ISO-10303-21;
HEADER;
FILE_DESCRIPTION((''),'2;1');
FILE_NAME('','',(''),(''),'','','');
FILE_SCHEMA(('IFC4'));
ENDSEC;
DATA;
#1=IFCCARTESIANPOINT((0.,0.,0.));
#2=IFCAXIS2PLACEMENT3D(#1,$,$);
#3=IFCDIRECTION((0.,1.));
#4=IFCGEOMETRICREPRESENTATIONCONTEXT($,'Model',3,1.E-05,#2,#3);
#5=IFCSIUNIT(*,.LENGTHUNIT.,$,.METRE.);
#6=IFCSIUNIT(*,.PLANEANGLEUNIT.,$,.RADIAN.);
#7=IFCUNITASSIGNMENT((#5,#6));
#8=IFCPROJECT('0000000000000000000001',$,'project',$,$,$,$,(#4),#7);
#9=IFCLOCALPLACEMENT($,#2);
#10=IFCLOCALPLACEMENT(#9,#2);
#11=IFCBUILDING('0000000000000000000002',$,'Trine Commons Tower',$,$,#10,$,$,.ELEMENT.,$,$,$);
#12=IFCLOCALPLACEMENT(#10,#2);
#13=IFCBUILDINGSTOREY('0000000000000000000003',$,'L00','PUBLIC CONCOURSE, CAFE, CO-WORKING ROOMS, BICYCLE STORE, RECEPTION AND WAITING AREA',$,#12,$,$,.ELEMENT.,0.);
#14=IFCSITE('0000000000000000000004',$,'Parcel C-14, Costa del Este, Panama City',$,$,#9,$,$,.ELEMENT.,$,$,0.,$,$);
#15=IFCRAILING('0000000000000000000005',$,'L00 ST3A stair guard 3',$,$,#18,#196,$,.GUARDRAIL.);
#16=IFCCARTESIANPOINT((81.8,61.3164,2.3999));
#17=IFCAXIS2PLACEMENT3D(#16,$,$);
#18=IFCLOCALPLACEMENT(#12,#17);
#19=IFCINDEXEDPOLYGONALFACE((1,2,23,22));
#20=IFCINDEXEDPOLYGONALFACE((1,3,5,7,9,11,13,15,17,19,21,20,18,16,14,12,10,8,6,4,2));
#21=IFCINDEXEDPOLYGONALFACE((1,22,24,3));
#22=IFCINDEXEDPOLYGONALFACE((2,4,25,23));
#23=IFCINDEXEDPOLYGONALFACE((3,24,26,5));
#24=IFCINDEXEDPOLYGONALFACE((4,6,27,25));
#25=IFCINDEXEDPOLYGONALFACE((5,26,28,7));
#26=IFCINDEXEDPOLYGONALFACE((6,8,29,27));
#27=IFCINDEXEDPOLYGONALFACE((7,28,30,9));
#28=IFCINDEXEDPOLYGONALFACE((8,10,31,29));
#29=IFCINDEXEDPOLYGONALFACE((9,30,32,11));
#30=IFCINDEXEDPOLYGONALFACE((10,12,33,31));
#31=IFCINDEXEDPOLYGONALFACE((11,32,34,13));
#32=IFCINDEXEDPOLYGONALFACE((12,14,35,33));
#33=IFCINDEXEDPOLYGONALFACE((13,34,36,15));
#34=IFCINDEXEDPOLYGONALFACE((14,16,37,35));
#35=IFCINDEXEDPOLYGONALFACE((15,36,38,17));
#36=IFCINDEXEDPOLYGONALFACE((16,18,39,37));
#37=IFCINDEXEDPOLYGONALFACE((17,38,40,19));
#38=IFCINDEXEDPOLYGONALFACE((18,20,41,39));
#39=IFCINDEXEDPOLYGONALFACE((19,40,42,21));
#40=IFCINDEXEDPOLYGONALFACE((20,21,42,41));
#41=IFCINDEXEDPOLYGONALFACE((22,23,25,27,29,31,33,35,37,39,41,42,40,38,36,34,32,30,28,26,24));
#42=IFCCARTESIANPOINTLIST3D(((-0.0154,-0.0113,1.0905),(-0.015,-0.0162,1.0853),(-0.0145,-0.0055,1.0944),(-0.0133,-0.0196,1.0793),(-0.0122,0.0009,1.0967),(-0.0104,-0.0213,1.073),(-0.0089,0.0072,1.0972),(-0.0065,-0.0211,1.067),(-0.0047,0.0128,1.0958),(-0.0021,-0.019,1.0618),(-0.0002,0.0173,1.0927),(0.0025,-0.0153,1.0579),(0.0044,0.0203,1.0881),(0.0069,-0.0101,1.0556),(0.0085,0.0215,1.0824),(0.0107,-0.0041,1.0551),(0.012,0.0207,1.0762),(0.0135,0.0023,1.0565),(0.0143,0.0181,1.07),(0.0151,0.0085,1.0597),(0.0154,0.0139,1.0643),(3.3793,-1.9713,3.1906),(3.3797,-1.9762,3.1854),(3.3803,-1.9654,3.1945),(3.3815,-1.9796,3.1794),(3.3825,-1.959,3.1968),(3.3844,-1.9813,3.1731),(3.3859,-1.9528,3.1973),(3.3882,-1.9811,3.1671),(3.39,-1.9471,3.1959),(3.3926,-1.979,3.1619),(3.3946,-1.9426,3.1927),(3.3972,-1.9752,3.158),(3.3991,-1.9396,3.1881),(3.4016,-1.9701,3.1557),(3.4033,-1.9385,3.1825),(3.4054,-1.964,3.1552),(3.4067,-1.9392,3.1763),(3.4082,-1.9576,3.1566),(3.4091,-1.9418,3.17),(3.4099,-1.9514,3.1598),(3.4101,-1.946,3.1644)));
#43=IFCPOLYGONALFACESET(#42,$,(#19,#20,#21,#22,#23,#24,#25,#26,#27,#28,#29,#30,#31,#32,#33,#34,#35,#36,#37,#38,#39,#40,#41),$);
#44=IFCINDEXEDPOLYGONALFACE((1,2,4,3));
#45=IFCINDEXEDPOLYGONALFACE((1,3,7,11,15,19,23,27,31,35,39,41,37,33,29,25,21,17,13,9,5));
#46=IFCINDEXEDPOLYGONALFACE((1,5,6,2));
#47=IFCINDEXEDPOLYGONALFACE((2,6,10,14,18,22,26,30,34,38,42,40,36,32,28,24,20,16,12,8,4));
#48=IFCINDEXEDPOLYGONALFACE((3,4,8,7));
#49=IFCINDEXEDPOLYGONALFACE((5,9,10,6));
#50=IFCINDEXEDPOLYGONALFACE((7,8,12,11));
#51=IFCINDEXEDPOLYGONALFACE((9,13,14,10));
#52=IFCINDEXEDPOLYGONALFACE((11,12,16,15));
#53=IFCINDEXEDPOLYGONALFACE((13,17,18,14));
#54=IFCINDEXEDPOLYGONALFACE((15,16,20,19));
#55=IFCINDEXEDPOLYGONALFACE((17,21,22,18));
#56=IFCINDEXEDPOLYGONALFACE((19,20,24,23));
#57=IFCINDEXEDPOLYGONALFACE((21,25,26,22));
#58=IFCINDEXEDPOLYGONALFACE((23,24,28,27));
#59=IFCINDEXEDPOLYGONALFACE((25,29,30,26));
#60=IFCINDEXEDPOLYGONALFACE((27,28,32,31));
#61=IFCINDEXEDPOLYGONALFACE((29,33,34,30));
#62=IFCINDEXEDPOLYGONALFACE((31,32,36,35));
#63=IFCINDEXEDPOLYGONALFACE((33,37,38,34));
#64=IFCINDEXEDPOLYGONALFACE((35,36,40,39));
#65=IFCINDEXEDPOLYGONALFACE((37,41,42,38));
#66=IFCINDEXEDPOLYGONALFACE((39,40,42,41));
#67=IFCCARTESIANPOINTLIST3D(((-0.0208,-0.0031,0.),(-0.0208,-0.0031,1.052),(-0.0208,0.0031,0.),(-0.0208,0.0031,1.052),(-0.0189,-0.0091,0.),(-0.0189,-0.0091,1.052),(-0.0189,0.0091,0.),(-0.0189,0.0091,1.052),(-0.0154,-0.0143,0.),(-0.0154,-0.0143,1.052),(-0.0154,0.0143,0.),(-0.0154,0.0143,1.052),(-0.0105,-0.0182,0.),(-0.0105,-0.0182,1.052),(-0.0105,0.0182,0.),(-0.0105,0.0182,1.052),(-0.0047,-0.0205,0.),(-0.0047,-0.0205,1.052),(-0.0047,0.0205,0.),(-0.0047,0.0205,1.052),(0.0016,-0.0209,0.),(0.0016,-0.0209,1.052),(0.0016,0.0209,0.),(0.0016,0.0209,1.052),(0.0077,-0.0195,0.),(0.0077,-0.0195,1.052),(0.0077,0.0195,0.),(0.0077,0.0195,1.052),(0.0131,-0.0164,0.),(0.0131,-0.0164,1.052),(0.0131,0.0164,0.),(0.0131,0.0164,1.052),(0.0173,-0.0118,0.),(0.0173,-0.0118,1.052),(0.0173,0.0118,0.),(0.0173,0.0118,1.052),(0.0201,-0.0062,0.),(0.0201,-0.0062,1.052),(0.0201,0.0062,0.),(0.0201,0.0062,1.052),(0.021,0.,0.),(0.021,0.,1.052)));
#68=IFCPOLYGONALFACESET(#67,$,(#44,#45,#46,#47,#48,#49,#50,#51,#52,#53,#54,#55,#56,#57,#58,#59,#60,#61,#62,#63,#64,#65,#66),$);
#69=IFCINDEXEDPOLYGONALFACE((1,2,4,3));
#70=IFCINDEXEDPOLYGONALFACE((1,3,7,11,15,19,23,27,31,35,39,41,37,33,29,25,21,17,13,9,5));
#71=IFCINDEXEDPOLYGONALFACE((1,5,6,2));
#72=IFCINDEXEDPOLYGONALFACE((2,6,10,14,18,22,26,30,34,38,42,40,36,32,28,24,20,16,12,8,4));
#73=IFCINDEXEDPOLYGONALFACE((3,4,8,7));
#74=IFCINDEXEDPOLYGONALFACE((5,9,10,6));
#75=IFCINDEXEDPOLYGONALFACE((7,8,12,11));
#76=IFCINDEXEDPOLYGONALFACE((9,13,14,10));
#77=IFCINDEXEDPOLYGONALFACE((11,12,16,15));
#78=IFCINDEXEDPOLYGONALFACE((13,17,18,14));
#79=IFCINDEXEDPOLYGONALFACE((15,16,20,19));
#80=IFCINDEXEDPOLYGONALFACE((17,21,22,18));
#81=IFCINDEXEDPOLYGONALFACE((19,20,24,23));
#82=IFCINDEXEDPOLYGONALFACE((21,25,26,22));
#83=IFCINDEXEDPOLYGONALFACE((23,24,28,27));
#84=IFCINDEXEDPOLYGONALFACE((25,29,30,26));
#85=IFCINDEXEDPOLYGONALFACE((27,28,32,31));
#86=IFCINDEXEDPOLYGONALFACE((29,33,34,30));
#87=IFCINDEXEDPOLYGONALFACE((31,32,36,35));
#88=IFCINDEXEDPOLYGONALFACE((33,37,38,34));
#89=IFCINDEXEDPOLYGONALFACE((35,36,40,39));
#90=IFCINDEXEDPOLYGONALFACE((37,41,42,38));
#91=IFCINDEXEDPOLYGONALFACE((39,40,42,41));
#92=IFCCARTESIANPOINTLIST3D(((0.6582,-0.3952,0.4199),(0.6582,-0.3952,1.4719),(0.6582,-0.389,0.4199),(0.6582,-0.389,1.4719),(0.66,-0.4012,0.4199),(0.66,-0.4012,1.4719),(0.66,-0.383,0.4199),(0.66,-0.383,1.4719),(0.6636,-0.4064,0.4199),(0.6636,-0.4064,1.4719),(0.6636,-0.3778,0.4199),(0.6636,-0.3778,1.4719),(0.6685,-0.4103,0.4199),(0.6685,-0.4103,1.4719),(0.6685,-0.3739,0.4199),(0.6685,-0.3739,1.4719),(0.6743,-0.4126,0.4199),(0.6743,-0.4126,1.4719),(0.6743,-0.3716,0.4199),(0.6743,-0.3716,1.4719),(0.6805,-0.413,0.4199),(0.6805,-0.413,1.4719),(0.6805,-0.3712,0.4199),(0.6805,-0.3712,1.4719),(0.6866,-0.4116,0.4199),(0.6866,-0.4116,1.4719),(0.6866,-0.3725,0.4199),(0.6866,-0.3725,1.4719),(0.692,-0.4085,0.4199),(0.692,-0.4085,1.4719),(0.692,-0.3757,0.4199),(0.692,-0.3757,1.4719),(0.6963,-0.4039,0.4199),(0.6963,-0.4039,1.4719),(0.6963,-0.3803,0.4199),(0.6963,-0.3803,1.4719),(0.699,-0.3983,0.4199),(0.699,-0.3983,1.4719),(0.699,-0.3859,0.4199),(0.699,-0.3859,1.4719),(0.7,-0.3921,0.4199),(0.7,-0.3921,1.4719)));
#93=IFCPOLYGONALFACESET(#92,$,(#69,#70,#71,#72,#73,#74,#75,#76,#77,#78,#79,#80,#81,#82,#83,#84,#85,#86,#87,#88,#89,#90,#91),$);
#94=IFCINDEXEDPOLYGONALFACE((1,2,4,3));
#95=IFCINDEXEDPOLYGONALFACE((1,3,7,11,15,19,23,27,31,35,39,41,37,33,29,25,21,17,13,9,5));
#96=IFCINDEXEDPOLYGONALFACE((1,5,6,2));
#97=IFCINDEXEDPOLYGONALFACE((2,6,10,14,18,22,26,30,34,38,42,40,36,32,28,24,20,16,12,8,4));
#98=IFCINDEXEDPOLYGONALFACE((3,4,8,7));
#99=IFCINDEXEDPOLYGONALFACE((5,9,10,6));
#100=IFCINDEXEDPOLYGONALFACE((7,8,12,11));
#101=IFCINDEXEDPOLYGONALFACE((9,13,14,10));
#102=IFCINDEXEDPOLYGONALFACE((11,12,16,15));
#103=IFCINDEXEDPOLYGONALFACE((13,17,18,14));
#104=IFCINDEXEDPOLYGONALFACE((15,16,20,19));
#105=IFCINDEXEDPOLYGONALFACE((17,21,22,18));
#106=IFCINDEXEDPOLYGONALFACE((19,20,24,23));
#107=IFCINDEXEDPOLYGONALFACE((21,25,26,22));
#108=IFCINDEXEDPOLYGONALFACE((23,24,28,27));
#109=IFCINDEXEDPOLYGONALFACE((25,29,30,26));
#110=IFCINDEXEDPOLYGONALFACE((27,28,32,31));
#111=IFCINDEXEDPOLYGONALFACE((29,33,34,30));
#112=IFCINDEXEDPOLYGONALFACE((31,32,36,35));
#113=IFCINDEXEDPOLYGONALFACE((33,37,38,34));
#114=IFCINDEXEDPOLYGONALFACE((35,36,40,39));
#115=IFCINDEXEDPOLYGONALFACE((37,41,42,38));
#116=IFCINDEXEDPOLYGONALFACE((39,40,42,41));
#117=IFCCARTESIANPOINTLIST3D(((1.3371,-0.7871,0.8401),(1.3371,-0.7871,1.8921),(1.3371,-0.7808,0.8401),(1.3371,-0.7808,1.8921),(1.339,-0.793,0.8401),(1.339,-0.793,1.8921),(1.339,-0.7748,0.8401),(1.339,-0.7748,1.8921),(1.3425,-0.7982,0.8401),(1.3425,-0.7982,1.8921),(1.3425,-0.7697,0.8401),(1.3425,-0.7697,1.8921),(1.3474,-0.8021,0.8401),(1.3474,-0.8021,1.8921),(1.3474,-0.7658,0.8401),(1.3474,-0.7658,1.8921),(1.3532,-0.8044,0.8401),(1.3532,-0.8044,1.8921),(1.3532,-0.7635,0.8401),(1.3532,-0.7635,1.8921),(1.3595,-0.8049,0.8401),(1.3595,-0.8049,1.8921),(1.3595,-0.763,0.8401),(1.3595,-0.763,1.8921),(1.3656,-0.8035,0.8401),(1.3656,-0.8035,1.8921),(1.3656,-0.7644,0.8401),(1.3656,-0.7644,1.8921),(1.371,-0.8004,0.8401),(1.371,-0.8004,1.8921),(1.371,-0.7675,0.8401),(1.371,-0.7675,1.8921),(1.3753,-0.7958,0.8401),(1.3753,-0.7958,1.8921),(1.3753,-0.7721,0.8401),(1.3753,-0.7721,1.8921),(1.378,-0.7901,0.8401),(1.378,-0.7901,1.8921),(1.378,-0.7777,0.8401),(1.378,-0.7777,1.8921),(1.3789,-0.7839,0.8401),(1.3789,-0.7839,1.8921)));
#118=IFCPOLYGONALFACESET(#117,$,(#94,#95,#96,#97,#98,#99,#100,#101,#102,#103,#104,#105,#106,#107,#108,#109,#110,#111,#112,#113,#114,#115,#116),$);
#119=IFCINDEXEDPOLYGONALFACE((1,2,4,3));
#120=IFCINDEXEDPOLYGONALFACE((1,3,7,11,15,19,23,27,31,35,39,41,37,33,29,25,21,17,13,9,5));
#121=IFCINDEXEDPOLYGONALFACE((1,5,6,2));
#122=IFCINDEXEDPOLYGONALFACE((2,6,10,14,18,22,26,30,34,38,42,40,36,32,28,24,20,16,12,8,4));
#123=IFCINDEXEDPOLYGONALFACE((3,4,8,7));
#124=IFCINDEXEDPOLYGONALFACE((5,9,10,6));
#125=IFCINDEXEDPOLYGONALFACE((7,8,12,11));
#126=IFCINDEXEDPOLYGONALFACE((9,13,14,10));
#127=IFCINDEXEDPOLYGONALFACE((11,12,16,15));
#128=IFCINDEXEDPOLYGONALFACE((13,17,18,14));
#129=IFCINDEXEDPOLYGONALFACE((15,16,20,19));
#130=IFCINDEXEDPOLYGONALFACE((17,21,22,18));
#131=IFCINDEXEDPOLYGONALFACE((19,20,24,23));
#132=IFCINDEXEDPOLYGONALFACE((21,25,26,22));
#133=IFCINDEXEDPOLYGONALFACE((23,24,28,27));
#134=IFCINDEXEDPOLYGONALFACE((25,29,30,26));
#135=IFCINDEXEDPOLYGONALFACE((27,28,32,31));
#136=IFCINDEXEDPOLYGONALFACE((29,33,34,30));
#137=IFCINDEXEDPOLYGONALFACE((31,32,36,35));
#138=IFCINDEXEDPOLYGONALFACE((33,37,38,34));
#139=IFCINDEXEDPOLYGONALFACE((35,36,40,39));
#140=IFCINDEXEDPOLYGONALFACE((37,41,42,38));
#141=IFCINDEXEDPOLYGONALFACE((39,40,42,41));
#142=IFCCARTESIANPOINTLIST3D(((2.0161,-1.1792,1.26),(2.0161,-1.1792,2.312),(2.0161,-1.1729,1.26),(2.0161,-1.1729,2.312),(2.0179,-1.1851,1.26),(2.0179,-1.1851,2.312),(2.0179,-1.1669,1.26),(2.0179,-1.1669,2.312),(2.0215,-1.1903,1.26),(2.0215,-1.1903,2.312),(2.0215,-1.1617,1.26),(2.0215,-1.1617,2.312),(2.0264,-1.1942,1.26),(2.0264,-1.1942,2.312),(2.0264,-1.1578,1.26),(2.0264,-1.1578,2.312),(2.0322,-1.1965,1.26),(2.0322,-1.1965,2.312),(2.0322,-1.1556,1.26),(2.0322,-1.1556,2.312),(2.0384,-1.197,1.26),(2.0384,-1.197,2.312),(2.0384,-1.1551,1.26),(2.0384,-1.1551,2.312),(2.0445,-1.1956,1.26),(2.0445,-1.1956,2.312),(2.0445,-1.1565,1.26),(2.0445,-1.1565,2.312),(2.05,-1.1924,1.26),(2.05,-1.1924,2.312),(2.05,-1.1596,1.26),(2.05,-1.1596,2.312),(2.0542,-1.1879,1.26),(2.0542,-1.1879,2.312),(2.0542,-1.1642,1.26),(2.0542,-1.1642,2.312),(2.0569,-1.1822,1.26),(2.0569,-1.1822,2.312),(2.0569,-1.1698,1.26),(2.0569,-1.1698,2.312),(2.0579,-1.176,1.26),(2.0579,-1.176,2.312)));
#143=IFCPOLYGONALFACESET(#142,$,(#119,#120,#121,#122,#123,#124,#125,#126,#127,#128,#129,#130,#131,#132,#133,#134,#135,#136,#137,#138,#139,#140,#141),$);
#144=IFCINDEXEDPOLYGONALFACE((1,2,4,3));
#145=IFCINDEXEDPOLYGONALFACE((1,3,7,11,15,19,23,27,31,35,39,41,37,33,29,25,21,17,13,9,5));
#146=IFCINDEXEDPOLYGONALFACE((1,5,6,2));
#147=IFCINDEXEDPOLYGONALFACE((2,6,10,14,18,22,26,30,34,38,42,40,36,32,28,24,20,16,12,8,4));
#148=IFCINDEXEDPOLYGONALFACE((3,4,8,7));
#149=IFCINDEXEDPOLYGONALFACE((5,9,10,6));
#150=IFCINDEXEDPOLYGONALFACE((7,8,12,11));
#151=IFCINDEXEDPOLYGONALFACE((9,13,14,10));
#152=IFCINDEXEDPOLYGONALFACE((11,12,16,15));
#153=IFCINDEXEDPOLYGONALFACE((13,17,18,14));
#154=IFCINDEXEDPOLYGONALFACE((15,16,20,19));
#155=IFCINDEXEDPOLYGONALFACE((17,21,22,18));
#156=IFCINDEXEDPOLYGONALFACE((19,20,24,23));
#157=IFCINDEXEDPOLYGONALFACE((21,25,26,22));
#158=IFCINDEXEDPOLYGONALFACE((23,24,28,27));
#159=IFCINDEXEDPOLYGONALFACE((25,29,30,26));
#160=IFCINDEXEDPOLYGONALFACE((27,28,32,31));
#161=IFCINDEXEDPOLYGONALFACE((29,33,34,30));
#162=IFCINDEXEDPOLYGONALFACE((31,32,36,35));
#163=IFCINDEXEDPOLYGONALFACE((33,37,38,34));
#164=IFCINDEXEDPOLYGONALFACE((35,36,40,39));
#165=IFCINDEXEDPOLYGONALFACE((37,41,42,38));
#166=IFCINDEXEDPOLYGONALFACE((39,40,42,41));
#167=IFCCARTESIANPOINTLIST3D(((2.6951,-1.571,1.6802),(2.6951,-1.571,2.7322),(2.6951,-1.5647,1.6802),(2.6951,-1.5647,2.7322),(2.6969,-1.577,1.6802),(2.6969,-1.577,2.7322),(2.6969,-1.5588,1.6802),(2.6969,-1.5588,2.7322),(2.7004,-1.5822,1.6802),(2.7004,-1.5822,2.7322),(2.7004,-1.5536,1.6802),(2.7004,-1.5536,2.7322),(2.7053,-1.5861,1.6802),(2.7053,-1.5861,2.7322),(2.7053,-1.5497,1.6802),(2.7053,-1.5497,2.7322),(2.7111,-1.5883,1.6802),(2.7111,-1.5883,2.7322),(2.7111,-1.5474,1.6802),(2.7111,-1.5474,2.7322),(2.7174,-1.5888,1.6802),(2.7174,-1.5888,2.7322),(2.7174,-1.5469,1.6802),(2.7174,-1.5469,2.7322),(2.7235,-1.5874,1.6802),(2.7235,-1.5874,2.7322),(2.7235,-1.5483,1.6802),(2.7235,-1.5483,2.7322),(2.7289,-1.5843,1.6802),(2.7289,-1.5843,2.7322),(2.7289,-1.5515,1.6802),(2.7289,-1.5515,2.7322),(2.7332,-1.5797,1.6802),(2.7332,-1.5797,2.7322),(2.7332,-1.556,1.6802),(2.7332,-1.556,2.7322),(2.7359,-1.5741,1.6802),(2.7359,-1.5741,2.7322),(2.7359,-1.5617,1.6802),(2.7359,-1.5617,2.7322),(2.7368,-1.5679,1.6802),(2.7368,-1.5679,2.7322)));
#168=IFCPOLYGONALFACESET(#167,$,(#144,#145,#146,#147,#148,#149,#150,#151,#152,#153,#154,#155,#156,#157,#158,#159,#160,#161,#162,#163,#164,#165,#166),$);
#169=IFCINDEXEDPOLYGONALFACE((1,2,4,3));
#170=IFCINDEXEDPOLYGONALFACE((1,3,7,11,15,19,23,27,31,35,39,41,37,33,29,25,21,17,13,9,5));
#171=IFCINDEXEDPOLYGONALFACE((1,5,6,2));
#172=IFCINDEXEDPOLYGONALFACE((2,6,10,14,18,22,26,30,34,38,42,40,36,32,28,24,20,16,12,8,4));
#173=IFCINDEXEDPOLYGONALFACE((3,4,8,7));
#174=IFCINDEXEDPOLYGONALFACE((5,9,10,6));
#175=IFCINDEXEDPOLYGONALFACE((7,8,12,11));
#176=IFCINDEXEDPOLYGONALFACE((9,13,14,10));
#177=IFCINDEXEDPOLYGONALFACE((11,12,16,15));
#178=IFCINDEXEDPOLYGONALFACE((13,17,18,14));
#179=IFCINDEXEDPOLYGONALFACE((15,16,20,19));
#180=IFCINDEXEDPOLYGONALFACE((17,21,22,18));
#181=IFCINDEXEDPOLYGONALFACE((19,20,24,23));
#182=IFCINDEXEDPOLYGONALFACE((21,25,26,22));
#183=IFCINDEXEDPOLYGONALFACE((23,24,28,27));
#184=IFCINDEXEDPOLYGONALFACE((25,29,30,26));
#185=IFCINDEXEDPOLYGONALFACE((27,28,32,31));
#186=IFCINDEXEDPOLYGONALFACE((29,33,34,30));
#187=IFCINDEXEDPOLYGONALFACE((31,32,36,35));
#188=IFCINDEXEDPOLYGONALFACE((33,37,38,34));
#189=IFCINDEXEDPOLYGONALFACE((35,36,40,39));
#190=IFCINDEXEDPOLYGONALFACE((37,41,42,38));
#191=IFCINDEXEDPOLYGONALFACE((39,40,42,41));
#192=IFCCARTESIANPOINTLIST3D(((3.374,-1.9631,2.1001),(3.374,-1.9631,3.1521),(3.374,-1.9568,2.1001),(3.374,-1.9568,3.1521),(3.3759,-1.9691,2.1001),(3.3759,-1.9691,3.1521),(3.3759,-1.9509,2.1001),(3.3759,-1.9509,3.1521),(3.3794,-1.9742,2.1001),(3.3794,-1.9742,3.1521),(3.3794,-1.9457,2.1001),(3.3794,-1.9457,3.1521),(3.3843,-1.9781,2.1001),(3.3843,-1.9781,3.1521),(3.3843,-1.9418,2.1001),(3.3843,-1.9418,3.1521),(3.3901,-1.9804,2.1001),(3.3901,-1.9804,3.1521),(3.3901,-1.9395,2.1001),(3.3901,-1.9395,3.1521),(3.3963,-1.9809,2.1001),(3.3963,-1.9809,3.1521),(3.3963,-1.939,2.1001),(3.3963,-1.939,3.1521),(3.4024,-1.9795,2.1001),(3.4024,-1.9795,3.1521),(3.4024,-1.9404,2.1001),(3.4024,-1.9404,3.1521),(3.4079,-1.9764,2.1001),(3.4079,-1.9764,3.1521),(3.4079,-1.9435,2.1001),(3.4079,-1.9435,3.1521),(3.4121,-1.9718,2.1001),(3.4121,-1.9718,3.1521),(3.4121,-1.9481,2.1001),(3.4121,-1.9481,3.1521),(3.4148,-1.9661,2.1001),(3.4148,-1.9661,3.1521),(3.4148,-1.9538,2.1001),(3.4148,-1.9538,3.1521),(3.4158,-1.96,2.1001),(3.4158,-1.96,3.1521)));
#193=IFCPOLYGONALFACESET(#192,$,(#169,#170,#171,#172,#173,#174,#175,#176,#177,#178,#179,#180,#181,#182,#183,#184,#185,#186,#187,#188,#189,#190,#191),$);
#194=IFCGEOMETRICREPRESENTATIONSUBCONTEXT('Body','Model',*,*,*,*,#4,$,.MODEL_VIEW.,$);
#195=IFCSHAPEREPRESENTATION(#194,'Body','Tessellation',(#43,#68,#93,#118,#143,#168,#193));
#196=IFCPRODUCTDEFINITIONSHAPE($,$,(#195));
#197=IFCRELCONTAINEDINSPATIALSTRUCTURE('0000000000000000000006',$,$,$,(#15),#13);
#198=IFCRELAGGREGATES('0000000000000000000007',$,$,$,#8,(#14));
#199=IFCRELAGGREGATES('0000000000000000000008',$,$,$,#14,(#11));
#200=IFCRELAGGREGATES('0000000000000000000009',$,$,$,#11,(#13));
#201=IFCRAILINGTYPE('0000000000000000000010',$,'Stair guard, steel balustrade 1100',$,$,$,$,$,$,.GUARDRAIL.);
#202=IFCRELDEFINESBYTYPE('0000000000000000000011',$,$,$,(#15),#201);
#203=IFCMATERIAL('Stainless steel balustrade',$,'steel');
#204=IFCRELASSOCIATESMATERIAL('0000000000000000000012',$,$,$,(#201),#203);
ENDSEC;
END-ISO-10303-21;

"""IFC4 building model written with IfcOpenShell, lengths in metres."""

from ifc_helpers import new_model, si_unit, direction, frame, origin, origin_2d, place, context, subcontext, project, spatial, circle, extrude, material, type_object, element, save


model = new_model("IFC4")

# Units and contexts
model_context = context("Model", 3, precision=1e-05, world=origin(), true_north=direction((0.0, 1.0)))
body_context = subcontext(model_context, "Body", "Model", "MODEL_VIEW")
ifc_project = project(units=[si_unit("LENGTHUNIT", "METRE"), si_unit("PLANEANGLEUNIT", "RADIAN")], contexts=[model_context])

# Site, building, storey
site_placement = place(None, origin())
site = spatial("IfcSite", under=ifc_project, at=site_placement, Name="Parcel C-14, Costa del Este, Panama City", CompositionType="ELEMENT", RefElevation=0.0)
building_placement = place(site_placement, origin())
building = spatial("IfcBuilding", under=site, at=building_placement, Name="Trine Commons Tower", CompositionType="ELEMENT")
storey_placement = place(building_placement, origin())
storey = spatial("IfcBuildingStorey", under=building, at=storey_placement, Name="L00", Description="PUBLIC CONCOURSE, CAFE, CO-WORKING ROOMS, BICYCLE STORE, RECEPTION AND WAITING AREA", CompositionType="ELEMENT", Elevation=0.0)

# Railing
ifc_material_1 = material(Name="Stainless steel balustrade", Category="steel")
railing_type_1 = type_object("IfcRailingType", Name="Stair guard, steel balustrade 1100", PredefinedType="GUARDRAIL", material=ifc_material_1)
railing_1_placement = place(storey_placement, frame((81.8, 61.3164, 2.3999)))
element("IfcRailing", 1, at=railing_1_placement, inside=storey, type_object=railing_type_1, Name="L00 ST3A stair guard 3", PredefinedType="GUARDRAIL", context=body_context, shape_type="SweptSolid", body=[
    extrude(circle(Radius=0.0239, at=origin_2d()), frame((0.0, 0.0, 1.0762), z_axis=(0.763375, -0.440732, 0.472244), x_axis=(0.499997, 0.866027, 0.0)), (0.0, 0.0, 1.0), 4.447),
    extrude(circle(Radius=0.021, at=origin_2d()), origin(), (0.0, 0.0, 1.0), 1.052),
    extrude(circle(Radius=0.021, at=origin_2d()), frame((0.679, -0.3921, 0.4199)), (0.0, 0.0, 1.0), 1.052),
    extrude(circle(Radius=0.021, at=origin_2d()), frame((1.3579, -0.7839, 0.8401)), (0.0, 0.0, 1.0), 1.052),
    extrude(circle(Radius=0.021, at=origin_2d()), frame((2.0369, -1.176, 1.26)), (0.0, 0.0, 1.0), 1.052),
    extrude(circle(Radius=0.021, at=origin_2d()), frame((2.7158, -1.5679, 1.6802)), (0.0, 0.0, 1.0), 1.052),
    extrude(circle(Radius=0.021, at=origin_2d()), frame((3.3948, -1.96, 2.1001)), (0.0, 0.0, 1.0), 1.052),
])

save(model, "model.ifc")
